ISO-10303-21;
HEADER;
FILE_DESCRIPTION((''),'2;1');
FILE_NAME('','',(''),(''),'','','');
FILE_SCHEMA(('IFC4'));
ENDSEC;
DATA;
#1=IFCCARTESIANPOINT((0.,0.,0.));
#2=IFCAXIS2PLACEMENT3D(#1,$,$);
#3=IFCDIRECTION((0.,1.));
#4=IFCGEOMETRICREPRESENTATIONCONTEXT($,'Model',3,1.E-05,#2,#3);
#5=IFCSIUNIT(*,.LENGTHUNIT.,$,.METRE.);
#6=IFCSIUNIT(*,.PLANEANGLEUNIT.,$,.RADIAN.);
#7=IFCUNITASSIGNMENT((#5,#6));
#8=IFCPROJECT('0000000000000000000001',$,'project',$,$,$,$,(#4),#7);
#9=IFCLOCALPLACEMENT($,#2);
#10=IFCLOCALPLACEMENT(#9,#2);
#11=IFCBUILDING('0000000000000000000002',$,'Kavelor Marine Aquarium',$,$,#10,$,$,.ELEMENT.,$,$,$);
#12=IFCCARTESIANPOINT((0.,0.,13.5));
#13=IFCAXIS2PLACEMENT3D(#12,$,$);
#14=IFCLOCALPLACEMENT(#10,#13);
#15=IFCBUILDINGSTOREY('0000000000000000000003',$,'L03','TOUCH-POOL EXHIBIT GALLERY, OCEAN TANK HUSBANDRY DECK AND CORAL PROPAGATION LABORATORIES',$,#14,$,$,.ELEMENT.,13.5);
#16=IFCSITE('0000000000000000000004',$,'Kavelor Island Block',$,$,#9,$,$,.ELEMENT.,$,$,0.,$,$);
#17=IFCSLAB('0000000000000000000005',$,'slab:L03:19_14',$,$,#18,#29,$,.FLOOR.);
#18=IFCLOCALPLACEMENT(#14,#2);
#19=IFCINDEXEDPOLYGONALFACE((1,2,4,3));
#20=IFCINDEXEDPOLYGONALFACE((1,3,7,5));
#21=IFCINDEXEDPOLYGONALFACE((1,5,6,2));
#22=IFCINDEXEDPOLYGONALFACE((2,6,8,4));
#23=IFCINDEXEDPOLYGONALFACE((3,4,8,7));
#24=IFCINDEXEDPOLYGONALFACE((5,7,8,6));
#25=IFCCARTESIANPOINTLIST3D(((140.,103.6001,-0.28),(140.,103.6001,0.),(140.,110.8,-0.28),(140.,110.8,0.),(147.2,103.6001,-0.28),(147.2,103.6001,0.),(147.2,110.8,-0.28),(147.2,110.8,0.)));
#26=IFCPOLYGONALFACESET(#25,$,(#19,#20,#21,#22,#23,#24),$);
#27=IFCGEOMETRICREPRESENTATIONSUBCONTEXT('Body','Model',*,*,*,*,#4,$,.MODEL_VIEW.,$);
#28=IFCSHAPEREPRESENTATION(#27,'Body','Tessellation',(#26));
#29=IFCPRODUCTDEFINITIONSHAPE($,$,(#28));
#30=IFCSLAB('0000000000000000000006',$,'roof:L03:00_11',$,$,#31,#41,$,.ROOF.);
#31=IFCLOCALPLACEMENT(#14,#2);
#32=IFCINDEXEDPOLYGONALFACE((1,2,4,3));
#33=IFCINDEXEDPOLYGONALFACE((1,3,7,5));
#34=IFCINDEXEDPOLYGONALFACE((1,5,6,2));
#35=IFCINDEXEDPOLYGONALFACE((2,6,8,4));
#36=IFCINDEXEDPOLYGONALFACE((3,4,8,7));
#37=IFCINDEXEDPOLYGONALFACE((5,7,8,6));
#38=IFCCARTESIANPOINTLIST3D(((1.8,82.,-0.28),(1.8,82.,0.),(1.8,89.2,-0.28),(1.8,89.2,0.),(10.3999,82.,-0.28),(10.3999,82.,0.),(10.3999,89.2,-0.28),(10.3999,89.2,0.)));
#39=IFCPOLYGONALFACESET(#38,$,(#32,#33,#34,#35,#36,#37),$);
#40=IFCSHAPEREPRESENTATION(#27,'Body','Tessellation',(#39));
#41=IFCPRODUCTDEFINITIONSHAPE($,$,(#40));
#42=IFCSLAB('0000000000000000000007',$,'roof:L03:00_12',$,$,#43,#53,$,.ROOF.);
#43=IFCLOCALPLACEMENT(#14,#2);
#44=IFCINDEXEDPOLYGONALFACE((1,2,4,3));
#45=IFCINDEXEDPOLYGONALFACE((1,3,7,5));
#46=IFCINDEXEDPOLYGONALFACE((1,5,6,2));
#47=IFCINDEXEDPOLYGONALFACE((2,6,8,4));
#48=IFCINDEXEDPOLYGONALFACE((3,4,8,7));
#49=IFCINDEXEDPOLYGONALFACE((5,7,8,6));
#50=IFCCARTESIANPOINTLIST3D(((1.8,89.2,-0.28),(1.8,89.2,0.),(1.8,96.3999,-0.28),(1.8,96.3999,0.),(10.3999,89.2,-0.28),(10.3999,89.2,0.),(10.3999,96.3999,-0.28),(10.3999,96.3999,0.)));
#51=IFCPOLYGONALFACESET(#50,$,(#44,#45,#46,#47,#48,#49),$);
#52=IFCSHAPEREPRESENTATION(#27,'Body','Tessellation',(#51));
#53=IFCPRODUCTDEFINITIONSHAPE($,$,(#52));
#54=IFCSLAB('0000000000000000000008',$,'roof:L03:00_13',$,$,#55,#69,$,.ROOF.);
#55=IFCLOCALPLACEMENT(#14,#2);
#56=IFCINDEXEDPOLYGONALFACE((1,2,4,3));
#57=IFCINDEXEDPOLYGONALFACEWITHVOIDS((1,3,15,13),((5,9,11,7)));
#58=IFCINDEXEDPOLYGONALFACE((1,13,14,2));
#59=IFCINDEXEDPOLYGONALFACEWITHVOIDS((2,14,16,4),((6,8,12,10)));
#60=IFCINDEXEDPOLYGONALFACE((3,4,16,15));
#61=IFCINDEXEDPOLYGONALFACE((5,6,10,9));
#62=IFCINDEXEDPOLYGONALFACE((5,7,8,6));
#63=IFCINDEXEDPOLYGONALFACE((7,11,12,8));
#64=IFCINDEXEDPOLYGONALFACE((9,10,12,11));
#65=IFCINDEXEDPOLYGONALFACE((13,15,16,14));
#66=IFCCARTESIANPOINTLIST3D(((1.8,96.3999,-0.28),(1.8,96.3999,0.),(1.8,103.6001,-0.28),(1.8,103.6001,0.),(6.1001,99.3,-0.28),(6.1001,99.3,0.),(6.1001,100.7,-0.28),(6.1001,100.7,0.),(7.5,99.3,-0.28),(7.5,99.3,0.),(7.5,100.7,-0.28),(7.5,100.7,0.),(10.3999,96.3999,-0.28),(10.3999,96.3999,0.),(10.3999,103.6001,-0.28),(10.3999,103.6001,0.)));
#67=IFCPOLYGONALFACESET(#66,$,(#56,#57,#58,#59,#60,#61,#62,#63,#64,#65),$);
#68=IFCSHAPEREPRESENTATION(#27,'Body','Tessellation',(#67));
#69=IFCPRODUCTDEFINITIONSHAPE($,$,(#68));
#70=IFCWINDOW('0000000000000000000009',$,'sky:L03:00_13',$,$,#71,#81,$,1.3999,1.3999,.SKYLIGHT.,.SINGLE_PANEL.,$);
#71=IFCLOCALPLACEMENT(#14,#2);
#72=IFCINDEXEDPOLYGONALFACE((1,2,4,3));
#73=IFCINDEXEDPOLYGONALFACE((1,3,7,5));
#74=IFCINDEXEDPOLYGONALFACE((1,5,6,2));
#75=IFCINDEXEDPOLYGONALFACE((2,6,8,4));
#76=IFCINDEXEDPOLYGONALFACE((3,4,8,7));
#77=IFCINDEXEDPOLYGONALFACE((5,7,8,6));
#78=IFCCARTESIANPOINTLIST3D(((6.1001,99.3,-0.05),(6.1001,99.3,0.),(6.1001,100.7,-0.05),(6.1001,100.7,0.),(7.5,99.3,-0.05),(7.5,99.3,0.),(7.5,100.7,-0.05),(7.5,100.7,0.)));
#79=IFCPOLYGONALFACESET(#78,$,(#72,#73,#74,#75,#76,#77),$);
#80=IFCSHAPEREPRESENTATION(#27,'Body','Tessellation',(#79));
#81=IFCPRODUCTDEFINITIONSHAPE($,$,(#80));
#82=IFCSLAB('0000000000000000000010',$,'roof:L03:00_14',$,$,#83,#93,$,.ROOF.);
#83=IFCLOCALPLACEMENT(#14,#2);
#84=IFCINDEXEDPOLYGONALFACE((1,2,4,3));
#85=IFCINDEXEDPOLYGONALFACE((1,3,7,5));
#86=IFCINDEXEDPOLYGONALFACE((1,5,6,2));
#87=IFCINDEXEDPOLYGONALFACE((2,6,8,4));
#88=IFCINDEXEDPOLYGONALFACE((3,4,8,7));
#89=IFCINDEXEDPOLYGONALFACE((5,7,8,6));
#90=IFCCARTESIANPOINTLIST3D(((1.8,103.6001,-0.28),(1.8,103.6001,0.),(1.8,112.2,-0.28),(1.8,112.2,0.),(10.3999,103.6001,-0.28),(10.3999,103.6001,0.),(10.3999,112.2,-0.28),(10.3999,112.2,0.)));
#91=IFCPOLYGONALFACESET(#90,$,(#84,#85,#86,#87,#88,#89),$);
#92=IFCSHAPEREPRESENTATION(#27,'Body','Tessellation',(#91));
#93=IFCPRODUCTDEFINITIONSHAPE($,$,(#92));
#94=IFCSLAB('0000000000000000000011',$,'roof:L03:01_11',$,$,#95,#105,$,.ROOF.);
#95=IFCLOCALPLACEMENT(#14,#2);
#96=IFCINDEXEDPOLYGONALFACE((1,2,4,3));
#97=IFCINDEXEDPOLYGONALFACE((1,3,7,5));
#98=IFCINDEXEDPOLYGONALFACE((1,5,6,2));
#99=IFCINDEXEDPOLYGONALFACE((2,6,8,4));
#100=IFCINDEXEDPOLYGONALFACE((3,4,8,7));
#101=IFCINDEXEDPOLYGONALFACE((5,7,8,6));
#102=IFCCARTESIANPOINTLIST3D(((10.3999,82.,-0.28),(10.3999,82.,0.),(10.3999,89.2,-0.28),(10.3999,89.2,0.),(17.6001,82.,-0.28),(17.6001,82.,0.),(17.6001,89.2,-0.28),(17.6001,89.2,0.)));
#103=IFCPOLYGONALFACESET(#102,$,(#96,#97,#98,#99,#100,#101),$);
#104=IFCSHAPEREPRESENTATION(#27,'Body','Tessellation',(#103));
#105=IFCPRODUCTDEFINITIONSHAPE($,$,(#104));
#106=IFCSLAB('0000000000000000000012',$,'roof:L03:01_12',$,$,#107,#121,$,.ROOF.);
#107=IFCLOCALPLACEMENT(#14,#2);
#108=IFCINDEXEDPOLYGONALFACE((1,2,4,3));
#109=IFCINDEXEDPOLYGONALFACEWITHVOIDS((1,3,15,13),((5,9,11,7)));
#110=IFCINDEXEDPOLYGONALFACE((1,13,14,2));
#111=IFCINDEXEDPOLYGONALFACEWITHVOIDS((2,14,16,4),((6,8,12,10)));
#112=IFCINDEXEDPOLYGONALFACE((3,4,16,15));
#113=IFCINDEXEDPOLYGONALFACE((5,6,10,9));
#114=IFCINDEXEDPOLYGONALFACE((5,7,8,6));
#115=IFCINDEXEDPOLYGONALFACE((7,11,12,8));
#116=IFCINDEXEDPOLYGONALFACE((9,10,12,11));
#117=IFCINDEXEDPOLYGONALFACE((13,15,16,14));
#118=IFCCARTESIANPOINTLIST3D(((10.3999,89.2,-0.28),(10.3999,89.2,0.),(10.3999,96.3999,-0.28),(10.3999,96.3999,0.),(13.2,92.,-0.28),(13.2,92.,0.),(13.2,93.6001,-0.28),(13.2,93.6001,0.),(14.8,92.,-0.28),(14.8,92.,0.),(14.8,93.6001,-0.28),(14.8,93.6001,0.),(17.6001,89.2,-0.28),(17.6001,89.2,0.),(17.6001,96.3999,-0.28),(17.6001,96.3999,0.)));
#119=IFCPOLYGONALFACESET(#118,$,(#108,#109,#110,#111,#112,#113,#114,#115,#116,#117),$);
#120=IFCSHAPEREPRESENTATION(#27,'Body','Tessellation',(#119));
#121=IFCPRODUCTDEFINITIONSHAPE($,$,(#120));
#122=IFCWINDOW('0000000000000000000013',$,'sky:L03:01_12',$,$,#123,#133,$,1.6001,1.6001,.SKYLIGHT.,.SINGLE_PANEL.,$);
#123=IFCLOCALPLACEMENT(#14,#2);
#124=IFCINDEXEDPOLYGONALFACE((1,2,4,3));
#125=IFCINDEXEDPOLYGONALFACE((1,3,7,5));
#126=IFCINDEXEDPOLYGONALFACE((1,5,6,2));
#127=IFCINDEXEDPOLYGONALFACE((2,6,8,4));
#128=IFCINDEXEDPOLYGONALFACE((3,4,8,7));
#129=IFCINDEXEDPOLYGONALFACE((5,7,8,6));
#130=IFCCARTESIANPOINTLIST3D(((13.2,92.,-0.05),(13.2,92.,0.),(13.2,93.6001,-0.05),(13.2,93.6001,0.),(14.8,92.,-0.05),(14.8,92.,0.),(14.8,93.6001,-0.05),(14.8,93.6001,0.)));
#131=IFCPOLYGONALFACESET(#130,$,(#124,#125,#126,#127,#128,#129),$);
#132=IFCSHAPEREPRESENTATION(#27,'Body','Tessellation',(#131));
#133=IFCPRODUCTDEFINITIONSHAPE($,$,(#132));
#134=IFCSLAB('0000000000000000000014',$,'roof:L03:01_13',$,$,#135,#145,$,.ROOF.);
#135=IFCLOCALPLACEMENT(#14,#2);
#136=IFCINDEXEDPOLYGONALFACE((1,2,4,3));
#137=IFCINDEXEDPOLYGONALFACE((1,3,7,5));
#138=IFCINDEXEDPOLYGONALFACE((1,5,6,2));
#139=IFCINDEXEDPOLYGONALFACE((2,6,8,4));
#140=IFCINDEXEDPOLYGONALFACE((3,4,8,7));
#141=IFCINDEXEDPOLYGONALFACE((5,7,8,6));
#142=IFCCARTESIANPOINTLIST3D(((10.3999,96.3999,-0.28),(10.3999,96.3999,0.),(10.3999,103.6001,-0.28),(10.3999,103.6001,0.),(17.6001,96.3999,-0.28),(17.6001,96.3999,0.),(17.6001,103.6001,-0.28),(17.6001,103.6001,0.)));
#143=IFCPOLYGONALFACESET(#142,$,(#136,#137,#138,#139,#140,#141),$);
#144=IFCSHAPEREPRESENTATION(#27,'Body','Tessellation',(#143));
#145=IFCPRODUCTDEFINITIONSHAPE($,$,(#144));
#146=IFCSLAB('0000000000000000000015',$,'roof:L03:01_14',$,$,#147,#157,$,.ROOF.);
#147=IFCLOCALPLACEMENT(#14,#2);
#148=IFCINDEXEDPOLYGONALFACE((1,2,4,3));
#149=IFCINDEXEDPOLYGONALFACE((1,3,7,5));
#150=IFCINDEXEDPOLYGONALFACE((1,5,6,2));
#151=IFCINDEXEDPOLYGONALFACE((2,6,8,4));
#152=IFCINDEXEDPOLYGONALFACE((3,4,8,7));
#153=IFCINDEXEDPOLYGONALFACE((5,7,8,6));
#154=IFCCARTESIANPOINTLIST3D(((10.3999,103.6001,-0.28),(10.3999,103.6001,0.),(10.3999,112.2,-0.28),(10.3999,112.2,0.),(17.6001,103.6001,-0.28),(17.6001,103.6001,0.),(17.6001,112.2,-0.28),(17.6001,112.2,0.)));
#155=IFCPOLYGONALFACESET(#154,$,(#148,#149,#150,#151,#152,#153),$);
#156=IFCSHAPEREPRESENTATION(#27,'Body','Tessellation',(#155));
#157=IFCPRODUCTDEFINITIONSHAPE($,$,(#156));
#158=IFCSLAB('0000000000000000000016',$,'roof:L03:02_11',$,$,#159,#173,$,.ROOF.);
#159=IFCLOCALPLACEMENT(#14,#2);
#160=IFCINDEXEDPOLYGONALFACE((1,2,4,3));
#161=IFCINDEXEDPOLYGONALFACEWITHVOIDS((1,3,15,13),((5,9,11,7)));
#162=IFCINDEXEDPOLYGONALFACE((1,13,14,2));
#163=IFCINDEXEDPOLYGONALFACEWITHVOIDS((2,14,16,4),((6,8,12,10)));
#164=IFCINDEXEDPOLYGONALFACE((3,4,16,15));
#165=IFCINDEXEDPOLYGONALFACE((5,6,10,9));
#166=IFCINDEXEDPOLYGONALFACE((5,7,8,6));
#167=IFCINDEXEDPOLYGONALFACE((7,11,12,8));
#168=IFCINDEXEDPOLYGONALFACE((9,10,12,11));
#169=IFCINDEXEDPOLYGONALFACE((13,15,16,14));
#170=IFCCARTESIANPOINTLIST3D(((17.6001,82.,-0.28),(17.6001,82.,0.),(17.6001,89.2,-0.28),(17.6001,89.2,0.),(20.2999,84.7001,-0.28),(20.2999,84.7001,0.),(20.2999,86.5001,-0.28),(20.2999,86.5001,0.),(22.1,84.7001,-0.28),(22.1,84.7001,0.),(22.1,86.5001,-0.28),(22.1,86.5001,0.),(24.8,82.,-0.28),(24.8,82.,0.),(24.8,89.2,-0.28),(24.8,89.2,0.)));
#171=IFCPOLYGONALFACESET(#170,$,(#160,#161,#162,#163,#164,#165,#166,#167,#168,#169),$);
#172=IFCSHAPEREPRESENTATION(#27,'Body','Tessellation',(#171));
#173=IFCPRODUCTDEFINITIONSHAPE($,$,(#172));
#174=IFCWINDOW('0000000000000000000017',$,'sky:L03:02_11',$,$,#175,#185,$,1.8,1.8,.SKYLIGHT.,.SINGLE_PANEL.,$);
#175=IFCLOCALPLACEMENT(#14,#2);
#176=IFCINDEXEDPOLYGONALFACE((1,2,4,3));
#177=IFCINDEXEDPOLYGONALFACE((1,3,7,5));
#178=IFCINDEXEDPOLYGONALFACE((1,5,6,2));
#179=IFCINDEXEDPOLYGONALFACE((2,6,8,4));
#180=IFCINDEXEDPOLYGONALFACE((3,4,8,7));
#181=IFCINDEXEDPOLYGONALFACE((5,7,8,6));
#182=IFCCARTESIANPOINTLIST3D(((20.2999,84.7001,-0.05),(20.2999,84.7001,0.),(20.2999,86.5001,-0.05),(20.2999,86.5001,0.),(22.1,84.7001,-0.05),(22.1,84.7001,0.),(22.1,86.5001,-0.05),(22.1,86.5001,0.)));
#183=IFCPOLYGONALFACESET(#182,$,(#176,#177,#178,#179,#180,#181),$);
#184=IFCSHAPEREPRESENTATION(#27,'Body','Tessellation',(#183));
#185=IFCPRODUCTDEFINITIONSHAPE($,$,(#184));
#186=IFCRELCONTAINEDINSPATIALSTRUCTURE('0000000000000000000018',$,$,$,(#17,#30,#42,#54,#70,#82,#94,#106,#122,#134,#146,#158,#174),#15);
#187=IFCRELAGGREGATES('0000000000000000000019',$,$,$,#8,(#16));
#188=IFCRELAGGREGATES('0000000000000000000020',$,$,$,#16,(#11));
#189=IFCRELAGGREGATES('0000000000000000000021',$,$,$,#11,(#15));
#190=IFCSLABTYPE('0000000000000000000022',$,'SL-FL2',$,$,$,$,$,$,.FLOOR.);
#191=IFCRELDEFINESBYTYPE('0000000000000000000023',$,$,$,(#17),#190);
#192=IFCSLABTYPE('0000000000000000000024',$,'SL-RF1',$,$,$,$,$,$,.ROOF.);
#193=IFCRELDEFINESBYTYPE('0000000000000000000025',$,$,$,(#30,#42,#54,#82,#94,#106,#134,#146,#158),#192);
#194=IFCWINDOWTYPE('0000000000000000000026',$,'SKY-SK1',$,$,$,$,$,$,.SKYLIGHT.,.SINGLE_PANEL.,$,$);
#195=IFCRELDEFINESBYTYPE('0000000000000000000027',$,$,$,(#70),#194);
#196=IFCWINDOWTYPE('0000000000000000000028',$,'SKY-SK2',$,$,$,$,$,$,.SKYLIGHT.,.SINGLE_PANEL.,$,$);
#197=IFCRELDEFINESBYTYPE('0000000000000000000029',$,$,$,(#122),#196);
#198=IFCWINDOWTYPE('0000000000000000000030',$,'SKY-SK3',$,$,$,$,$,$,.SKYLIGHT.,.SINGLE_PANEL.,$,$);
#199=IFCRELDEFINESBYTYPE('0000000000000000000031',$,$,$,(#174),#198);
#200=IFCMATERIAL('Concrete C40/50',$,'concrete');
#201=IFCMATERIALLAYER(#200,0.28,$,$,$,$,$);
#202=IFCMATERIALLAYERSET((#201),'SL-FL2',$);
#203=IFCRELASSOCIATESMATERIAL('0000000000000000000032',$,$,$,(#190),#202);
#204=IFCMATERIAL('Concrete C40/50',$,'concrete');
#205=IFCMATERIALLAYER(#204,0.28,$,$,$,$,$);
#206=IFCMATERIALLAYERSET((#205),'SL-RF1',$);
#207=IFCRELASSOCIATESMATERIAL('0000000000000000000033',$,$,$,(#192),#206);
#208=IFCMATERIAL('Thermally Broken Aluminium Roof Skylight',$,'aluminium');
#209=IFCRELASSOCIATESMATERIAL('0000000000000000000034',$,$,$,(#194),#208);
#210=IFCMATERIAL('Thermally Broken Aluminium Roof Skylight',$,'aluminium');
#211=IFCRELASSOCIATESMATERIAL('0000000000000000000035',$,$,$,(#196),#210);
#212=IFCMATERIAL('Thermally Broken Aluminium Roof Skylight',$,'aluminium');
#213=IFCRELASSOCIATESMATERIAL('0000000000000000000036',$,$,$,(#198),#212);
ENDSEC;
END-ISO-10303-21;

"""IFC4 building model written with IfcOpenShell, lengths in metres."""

from ifc_helpers import new_model, si_unit, direction, frame, origin, origin_2d, place, context, subcontext, project, spatial, polyline, rectangle, outline, extrude, material, layer, layer_set, type_object, element, fill, save


model = new_model("IFC4")

# Units and contexts
model_context = context("Model", 3, precision=1e-05, world=origin(), true_north=direction((0.0, 1.0)))
body_context = subcontext(model_context, "Body", "Model", "MODEL_VIEW")
ifc_project = project(units=[si_unit("LENGTHUNIT", "METRE"), si_unit("PLANEANGLEUNIT", "RADIAN")], contexts=[model_context])

# Site, building, storey
site_placement = place(None, origin())
site = spatial("IfcSite", under=ifc_project, at=site_placement, Name="Kavelor Island Block", CompositionType="ELEMENT", RefElevation=0.0)
building_placement = place(site_placement, origin())
building = spatial("IfcBuilding", under=site, at=building_placement, Name="Kavelor Marine Aquarium", CompositionType="ELEMENT")
storey_placement = place(building_placement, frame((0.0, 0.0, 13.5)))
storey = spatial("IfcBuildingStorey", under=building, at=storey_placement, Name="L03", Description="TOUCH-POOL EXHIBIT GALLERY, OCEAN TANK HUSBANDRY DECK AND CORAL PROPAGATION LABORATORIES", CompositionType="ELEMENT", Elevation=13.5)

# Slabs
ifc_material_1 = material(Name="Concrete C40/50", Category="concrete")
ifc_layer_1 = layer(ifc_material_1, 0.28)
ifc_layer_set_1 = layer_set([ifc_layer_1], Name="SL-FL2")
slab_type_1 = type_object("IfcSlabType", Name="SL-FL2", PredefinedType="FLOOR", material=ifc_layer_set_1)
slab_1_placement = place(storey_placement, frame((0.0, 0.0, -0.28)))
element("IfcSlab", 1, at=slab_1_placement, inside=storey, type_object=slab_type_1, Name="slab:L03:19_14", PredefinedType="FLOOR", context=body_context, shape_type="SweptSolid", body=[
    extrude(outline(polyline([(140.0, 103.6001), (147.2, 103.6001), (147.2, 110.8), (140.0, 110.8), (140.0, 103.6001)])), origin(), (0.0, 0.0, 1.0), 0.28),
])
ifc_material_2 = material(Name="Concrete C40/50", Category="concrete")
ifc_layer_2 = layer(ifc_material_2, 0.28)
ifc_layer_set_2 = layer_set([ifc_layer_2], Name="SL-RF1")
slab_type_2 = type_object("IfcSlabType", Name="SL-RF1", PredefinedType="ROOF", material=ifc_layer_set_2)
slab_2_placement = place(storey_placement, frame((0.0, 0.0, -0.28)))
element("IfcSlab", 2, at=slab_2_placement, inside=storey, type_object=slab_type_2, Name="roof:L03:00_11", PredefinedType="ROOF", context=body_context, shape_type="SweptSolid", body=[
    extrude(outline(polyline([(1.8, 82.0), (10.3999, 82.0), (10.3999, 89.2), (1.8, 89.2), (1.8, 82.0)])), origin(), (0.0, 0.0, 1.0), 0.28),
])
slab_3_placement = place(storey_placement, frame((0.0, 0.0, -0.28)))
element("IfcSlab", 3, at=slab_3_placement, inside=storey, type_object=slab_type_2, Name="roof:L03:00_12", PredefinedType="ROOF", context=body_context, shape_type="SweptSolid", body=[
    extrude(outline(polyline([(1.8, 89.2), (10.3999, 89.2), (10.3999, 96.3999), (1.8, 96.3999), (1.8, 89.2)])), origin(), (0.0, 0.0, 1.0), 0.28),
])

# Slab, opening, window
slab_4_placement = place(storey_placement, frame((0.0, 0.0, -0.28)))
slab_4 = element("IfcSlab", 4, at=slab_4_placement, inside=storey, type_object=slab_type_2, Name="roof:L03:00_13", PredefinedType="ROOF", context=body_context, shape_type="SweptSolid", body=[
    extrude(outline(polyline([(1.8, 96.3999), (10.3999, 96.3999), (10.3999, 103.6001), (1.8, 103.6001), (1.8, 96.3999)])), origin(), (0.0, 0.0, 1.0), 0.28),
])
opening_1_placement = place(slab_4_placement, frame((6.8, 100.0, 0.0)))
opening_1 = element("IfcOpeningElement", 5, at=opening_1_placement, cuts=slab_4, PredefinedType="OPENING", context=body_context, shape_type="SweptSolid", body=[
    extrude(rectangle(XDim=1.3999, YDim=1.3999, at=origin_2d()), origin(), (0.0, 0.0, 1.0), 0.28),
])
ifc_material_3 = material(Name="Thermally Broken Aluminium Roof Skylight", Category="aluminium")
window_type_1 = type_object("IfcWindowType", Name="SKY-SK1", PartitioningType="SINGLE_PANEL", PredefinedType="SKYLIGHT", material=ifc_material_3)
window_1_placement = place(opening_1_placement, frame((0.0, 0.0, 0.23)))
window_1 = element("IfcWindow", 6, at=window_1_placement, inside=storey, type_object=window_type_1, Name="sky:L03:00_13", OverallHeight=1.3999, OverallWidth=1.3999, PartitioningType="SINGLE_PANEL", PredefinedType="SKYLIGHT", context=body_context, shape_type="SweptSolid", body=[
    extrude(rectangle(XDim=1.3999, YDim=1.3999, at=origin_2d()), origin(), (0.0, 0.0, 1.0), 0.05),
])
fill(opening_1, window_1)

# Slabs
slab_5_placement = place(storey_placement, frame((0.0, 0.0, -0.28)))
element("IfcSlab", 7, at=slab_5_placement, inside=storey, type_object=slab_type_2, Name="roof:L03:00_14", PredefinedType="ROOF", context=body_context, shape_type="SweptSolid", body=[
    extrude(outline(polyline([(1.8, 103.6001), (10.3999, 103.6001), (10.3999, 112.2), (1.8, 112.2), (1.8, 103.6001)])), origin(), (0.0, 0.0, 1.0), 0.28),
])
slab_6_placement = place(storey_placement, frame((0.0, 0.0, -0.28)))
element("IfcSlab", 8, at=slab_6_placement, inside=storey, type_object=slab_type_2, Name="roof:L03:01_11", PredefinedType="ROOF", context=body_context, shape_type="SweptSolid", body=[
    extrude(outline(polyline([(10.3999, 82.0), (17.6001, 82.0), (17.6001, 89.2), (10.3999, 89.2), (10.3999, 82.0)])), origin(), (0.0, 0.0, 1.0), 0.28),
])

# Slab, opening, window
slab_7_placement = place(storey_placement, frame((0.0, 0.0, -0.28)))
slab_7 = element("IfcSlab", 9, at=slab_7_placement, inside=storey, type_object=slab_type_2, Name="roof:L03:01_12", PredefinedType="ROOF", context=body_context, shape_type="SweptSolid", body=[
    extrude(outline(polyline([(10.3999, 89.2), (17.6001, 89.2), (17.6001, 96.3999), (10.3999, 96.3999), (10.3999, 89.2)])), origin(), (0.0, 0.0, 1.0), 0.28),
])
opening_2_placement = place(slab_7_placement, frame((14.0, 92.8, 0.0)))
opening_2 = element("IfcOpeningElement", 10, at=opening_2_placement, cuts=slab_7, PredefinedType="OPENING", context=body_context, shape_type="SweptSolid", body=[
    extrude(rectangle(XDim=1.6001, YDim=1.6001, at=origin_2d()), origin(), (0.0, 0.0, 1.0), 0.28),
])
ifc_material_4 = material(Name="Thermally Broken Aluminium Roof Skylight", Category="aluminium")
window_type_2 = type_object("IfcWindowType", Name="SKY-SK2", PartitioningType="SINGLE_PANEL", PredefinedType="SKYLIGHT", material=ifc_material_4)
window_2_placement = place(opening_2_placement, frame((0.0, 0.0, 0.23)))
window_2 = element("IfcWindow", 11, at=window_2_placement, inside=storey, type_object=window_type_2, Name="sky:L03:01_12", OverallHeight=1.6001, OverallWidth=1.6001, PartitioningType="SINGLE_PANEL", PredefinedType="SKYLIGHT", context=body_context, shape_type="SweptSolid", body=[
    extrude(rectangle(XDim=1.6001, YDim=1.6001, at=origin_2d()), origin(), (0.0, 0.0, 1.0), 0.05),
])
fill(opening_2, window_2)

# Slabs
slab_8_placement = place(storey_placement, frame((0.0, 0.0, -0.28)))
element("IfcSlab", 12, at=slab_8_placement, inside=storey, type_object=slab_type_2, Name="roof:L03:01_13", PredefinedType="ROOF", context=body_context, shape_type="SweptSolid", body=[
    extrude(outline(polyline([(10.3999, 96.3999), (17.6001, 96.3999), (17.6001, 103.6001), (10.3999, 103.6001), (10.3999, 96.3999)])), origin(), (0.0, 0.0, 1.0), 0.28),
])
slab_9_placement = place(storey_placement, frame((0.0, 0.0, -0.28)))
element("IfcSlab", 13, at=slab_9_placement, inside=storey, type_object=slab_type_2, Name="roof:L03:01_14", PredefinedType="ROOF", context=body_context, shape_type="SweptSolid", body=[
    extrude(outline(polyline([(10.3999, 103.6001), (17.6001, 103.6001), (17.6001, 112.2), (10.3999, 112.2), (10.3999, 103.6001)])), origin(), (0.0, 0.0, 1.0), 0.28),
])

# Slab, opening, window
slab_10_placement = place(storey_placement, frame((0.0, 0.0, -0.28)))
slab_10 = element("IfcSlab", 14, at=slab_10_placement, inside=storey, type_object=slab_type_2, Name="roof:L03:02_11", PredefinedType="ROOF", context=body_context, shape_type="SweptSolid", body=[
    extrude(outline(polyline([(17.6001, 82.0), (24.8, 82.0), (24.8, 89.2), (17.6001, 89.2), (17.6001, 82.0)])), origin(), (0.0, 0.0, 1.0), 0.28),
])
opening_3_placement = place(slab_10_placement, frame((21.2, 85.6001, 0.0)))
opening_3 = element("IfcOpeningElement", 15, at=opening_3_placement, cuts=slab_10, PredefinedType="OPENING", context=body_context, shape_type="SweptSolid", body=[
    extrude(rectangle(XDim=1.8, YDim=1.8, at=origin_2d()), origin(), (0.0, 0.0, 1.0), 0.28),
])
ifc_material_5 = material(Name="Thermally Broken Aluminium Roof Skylight", Category="aluminium")
window_type_3 = type_object("IfcWindowType", Name="SKY-SK3", PartitioningType="SINGLE_PANEL", PredefinedType="SKYLIGHT", material=ifc_material_5)
window_3_placement = place(opening_3_placement, frame((0.0, 0.0, 0.23)))
window_3 = element("IfcWindow", 16, at=window_3_placement, inside=storey, type_object=window_type_3, Name="sky:L03:02_11", OverallHeight=1.8, OverallWidth=1.8, PartitioningType="SINGLE_PANEL", PredefinedType="SKYLIGHT", context=body_context, shape_type="SweptSolid", body=[
    extrude(rectangle(XDim=1.8, YDim=1.8, at=origin_2d()), origin(), (0.0, 0.0, 1.0), 0.05),
])
fill(opening_3, window_3)

save(model, "model.ifc")
